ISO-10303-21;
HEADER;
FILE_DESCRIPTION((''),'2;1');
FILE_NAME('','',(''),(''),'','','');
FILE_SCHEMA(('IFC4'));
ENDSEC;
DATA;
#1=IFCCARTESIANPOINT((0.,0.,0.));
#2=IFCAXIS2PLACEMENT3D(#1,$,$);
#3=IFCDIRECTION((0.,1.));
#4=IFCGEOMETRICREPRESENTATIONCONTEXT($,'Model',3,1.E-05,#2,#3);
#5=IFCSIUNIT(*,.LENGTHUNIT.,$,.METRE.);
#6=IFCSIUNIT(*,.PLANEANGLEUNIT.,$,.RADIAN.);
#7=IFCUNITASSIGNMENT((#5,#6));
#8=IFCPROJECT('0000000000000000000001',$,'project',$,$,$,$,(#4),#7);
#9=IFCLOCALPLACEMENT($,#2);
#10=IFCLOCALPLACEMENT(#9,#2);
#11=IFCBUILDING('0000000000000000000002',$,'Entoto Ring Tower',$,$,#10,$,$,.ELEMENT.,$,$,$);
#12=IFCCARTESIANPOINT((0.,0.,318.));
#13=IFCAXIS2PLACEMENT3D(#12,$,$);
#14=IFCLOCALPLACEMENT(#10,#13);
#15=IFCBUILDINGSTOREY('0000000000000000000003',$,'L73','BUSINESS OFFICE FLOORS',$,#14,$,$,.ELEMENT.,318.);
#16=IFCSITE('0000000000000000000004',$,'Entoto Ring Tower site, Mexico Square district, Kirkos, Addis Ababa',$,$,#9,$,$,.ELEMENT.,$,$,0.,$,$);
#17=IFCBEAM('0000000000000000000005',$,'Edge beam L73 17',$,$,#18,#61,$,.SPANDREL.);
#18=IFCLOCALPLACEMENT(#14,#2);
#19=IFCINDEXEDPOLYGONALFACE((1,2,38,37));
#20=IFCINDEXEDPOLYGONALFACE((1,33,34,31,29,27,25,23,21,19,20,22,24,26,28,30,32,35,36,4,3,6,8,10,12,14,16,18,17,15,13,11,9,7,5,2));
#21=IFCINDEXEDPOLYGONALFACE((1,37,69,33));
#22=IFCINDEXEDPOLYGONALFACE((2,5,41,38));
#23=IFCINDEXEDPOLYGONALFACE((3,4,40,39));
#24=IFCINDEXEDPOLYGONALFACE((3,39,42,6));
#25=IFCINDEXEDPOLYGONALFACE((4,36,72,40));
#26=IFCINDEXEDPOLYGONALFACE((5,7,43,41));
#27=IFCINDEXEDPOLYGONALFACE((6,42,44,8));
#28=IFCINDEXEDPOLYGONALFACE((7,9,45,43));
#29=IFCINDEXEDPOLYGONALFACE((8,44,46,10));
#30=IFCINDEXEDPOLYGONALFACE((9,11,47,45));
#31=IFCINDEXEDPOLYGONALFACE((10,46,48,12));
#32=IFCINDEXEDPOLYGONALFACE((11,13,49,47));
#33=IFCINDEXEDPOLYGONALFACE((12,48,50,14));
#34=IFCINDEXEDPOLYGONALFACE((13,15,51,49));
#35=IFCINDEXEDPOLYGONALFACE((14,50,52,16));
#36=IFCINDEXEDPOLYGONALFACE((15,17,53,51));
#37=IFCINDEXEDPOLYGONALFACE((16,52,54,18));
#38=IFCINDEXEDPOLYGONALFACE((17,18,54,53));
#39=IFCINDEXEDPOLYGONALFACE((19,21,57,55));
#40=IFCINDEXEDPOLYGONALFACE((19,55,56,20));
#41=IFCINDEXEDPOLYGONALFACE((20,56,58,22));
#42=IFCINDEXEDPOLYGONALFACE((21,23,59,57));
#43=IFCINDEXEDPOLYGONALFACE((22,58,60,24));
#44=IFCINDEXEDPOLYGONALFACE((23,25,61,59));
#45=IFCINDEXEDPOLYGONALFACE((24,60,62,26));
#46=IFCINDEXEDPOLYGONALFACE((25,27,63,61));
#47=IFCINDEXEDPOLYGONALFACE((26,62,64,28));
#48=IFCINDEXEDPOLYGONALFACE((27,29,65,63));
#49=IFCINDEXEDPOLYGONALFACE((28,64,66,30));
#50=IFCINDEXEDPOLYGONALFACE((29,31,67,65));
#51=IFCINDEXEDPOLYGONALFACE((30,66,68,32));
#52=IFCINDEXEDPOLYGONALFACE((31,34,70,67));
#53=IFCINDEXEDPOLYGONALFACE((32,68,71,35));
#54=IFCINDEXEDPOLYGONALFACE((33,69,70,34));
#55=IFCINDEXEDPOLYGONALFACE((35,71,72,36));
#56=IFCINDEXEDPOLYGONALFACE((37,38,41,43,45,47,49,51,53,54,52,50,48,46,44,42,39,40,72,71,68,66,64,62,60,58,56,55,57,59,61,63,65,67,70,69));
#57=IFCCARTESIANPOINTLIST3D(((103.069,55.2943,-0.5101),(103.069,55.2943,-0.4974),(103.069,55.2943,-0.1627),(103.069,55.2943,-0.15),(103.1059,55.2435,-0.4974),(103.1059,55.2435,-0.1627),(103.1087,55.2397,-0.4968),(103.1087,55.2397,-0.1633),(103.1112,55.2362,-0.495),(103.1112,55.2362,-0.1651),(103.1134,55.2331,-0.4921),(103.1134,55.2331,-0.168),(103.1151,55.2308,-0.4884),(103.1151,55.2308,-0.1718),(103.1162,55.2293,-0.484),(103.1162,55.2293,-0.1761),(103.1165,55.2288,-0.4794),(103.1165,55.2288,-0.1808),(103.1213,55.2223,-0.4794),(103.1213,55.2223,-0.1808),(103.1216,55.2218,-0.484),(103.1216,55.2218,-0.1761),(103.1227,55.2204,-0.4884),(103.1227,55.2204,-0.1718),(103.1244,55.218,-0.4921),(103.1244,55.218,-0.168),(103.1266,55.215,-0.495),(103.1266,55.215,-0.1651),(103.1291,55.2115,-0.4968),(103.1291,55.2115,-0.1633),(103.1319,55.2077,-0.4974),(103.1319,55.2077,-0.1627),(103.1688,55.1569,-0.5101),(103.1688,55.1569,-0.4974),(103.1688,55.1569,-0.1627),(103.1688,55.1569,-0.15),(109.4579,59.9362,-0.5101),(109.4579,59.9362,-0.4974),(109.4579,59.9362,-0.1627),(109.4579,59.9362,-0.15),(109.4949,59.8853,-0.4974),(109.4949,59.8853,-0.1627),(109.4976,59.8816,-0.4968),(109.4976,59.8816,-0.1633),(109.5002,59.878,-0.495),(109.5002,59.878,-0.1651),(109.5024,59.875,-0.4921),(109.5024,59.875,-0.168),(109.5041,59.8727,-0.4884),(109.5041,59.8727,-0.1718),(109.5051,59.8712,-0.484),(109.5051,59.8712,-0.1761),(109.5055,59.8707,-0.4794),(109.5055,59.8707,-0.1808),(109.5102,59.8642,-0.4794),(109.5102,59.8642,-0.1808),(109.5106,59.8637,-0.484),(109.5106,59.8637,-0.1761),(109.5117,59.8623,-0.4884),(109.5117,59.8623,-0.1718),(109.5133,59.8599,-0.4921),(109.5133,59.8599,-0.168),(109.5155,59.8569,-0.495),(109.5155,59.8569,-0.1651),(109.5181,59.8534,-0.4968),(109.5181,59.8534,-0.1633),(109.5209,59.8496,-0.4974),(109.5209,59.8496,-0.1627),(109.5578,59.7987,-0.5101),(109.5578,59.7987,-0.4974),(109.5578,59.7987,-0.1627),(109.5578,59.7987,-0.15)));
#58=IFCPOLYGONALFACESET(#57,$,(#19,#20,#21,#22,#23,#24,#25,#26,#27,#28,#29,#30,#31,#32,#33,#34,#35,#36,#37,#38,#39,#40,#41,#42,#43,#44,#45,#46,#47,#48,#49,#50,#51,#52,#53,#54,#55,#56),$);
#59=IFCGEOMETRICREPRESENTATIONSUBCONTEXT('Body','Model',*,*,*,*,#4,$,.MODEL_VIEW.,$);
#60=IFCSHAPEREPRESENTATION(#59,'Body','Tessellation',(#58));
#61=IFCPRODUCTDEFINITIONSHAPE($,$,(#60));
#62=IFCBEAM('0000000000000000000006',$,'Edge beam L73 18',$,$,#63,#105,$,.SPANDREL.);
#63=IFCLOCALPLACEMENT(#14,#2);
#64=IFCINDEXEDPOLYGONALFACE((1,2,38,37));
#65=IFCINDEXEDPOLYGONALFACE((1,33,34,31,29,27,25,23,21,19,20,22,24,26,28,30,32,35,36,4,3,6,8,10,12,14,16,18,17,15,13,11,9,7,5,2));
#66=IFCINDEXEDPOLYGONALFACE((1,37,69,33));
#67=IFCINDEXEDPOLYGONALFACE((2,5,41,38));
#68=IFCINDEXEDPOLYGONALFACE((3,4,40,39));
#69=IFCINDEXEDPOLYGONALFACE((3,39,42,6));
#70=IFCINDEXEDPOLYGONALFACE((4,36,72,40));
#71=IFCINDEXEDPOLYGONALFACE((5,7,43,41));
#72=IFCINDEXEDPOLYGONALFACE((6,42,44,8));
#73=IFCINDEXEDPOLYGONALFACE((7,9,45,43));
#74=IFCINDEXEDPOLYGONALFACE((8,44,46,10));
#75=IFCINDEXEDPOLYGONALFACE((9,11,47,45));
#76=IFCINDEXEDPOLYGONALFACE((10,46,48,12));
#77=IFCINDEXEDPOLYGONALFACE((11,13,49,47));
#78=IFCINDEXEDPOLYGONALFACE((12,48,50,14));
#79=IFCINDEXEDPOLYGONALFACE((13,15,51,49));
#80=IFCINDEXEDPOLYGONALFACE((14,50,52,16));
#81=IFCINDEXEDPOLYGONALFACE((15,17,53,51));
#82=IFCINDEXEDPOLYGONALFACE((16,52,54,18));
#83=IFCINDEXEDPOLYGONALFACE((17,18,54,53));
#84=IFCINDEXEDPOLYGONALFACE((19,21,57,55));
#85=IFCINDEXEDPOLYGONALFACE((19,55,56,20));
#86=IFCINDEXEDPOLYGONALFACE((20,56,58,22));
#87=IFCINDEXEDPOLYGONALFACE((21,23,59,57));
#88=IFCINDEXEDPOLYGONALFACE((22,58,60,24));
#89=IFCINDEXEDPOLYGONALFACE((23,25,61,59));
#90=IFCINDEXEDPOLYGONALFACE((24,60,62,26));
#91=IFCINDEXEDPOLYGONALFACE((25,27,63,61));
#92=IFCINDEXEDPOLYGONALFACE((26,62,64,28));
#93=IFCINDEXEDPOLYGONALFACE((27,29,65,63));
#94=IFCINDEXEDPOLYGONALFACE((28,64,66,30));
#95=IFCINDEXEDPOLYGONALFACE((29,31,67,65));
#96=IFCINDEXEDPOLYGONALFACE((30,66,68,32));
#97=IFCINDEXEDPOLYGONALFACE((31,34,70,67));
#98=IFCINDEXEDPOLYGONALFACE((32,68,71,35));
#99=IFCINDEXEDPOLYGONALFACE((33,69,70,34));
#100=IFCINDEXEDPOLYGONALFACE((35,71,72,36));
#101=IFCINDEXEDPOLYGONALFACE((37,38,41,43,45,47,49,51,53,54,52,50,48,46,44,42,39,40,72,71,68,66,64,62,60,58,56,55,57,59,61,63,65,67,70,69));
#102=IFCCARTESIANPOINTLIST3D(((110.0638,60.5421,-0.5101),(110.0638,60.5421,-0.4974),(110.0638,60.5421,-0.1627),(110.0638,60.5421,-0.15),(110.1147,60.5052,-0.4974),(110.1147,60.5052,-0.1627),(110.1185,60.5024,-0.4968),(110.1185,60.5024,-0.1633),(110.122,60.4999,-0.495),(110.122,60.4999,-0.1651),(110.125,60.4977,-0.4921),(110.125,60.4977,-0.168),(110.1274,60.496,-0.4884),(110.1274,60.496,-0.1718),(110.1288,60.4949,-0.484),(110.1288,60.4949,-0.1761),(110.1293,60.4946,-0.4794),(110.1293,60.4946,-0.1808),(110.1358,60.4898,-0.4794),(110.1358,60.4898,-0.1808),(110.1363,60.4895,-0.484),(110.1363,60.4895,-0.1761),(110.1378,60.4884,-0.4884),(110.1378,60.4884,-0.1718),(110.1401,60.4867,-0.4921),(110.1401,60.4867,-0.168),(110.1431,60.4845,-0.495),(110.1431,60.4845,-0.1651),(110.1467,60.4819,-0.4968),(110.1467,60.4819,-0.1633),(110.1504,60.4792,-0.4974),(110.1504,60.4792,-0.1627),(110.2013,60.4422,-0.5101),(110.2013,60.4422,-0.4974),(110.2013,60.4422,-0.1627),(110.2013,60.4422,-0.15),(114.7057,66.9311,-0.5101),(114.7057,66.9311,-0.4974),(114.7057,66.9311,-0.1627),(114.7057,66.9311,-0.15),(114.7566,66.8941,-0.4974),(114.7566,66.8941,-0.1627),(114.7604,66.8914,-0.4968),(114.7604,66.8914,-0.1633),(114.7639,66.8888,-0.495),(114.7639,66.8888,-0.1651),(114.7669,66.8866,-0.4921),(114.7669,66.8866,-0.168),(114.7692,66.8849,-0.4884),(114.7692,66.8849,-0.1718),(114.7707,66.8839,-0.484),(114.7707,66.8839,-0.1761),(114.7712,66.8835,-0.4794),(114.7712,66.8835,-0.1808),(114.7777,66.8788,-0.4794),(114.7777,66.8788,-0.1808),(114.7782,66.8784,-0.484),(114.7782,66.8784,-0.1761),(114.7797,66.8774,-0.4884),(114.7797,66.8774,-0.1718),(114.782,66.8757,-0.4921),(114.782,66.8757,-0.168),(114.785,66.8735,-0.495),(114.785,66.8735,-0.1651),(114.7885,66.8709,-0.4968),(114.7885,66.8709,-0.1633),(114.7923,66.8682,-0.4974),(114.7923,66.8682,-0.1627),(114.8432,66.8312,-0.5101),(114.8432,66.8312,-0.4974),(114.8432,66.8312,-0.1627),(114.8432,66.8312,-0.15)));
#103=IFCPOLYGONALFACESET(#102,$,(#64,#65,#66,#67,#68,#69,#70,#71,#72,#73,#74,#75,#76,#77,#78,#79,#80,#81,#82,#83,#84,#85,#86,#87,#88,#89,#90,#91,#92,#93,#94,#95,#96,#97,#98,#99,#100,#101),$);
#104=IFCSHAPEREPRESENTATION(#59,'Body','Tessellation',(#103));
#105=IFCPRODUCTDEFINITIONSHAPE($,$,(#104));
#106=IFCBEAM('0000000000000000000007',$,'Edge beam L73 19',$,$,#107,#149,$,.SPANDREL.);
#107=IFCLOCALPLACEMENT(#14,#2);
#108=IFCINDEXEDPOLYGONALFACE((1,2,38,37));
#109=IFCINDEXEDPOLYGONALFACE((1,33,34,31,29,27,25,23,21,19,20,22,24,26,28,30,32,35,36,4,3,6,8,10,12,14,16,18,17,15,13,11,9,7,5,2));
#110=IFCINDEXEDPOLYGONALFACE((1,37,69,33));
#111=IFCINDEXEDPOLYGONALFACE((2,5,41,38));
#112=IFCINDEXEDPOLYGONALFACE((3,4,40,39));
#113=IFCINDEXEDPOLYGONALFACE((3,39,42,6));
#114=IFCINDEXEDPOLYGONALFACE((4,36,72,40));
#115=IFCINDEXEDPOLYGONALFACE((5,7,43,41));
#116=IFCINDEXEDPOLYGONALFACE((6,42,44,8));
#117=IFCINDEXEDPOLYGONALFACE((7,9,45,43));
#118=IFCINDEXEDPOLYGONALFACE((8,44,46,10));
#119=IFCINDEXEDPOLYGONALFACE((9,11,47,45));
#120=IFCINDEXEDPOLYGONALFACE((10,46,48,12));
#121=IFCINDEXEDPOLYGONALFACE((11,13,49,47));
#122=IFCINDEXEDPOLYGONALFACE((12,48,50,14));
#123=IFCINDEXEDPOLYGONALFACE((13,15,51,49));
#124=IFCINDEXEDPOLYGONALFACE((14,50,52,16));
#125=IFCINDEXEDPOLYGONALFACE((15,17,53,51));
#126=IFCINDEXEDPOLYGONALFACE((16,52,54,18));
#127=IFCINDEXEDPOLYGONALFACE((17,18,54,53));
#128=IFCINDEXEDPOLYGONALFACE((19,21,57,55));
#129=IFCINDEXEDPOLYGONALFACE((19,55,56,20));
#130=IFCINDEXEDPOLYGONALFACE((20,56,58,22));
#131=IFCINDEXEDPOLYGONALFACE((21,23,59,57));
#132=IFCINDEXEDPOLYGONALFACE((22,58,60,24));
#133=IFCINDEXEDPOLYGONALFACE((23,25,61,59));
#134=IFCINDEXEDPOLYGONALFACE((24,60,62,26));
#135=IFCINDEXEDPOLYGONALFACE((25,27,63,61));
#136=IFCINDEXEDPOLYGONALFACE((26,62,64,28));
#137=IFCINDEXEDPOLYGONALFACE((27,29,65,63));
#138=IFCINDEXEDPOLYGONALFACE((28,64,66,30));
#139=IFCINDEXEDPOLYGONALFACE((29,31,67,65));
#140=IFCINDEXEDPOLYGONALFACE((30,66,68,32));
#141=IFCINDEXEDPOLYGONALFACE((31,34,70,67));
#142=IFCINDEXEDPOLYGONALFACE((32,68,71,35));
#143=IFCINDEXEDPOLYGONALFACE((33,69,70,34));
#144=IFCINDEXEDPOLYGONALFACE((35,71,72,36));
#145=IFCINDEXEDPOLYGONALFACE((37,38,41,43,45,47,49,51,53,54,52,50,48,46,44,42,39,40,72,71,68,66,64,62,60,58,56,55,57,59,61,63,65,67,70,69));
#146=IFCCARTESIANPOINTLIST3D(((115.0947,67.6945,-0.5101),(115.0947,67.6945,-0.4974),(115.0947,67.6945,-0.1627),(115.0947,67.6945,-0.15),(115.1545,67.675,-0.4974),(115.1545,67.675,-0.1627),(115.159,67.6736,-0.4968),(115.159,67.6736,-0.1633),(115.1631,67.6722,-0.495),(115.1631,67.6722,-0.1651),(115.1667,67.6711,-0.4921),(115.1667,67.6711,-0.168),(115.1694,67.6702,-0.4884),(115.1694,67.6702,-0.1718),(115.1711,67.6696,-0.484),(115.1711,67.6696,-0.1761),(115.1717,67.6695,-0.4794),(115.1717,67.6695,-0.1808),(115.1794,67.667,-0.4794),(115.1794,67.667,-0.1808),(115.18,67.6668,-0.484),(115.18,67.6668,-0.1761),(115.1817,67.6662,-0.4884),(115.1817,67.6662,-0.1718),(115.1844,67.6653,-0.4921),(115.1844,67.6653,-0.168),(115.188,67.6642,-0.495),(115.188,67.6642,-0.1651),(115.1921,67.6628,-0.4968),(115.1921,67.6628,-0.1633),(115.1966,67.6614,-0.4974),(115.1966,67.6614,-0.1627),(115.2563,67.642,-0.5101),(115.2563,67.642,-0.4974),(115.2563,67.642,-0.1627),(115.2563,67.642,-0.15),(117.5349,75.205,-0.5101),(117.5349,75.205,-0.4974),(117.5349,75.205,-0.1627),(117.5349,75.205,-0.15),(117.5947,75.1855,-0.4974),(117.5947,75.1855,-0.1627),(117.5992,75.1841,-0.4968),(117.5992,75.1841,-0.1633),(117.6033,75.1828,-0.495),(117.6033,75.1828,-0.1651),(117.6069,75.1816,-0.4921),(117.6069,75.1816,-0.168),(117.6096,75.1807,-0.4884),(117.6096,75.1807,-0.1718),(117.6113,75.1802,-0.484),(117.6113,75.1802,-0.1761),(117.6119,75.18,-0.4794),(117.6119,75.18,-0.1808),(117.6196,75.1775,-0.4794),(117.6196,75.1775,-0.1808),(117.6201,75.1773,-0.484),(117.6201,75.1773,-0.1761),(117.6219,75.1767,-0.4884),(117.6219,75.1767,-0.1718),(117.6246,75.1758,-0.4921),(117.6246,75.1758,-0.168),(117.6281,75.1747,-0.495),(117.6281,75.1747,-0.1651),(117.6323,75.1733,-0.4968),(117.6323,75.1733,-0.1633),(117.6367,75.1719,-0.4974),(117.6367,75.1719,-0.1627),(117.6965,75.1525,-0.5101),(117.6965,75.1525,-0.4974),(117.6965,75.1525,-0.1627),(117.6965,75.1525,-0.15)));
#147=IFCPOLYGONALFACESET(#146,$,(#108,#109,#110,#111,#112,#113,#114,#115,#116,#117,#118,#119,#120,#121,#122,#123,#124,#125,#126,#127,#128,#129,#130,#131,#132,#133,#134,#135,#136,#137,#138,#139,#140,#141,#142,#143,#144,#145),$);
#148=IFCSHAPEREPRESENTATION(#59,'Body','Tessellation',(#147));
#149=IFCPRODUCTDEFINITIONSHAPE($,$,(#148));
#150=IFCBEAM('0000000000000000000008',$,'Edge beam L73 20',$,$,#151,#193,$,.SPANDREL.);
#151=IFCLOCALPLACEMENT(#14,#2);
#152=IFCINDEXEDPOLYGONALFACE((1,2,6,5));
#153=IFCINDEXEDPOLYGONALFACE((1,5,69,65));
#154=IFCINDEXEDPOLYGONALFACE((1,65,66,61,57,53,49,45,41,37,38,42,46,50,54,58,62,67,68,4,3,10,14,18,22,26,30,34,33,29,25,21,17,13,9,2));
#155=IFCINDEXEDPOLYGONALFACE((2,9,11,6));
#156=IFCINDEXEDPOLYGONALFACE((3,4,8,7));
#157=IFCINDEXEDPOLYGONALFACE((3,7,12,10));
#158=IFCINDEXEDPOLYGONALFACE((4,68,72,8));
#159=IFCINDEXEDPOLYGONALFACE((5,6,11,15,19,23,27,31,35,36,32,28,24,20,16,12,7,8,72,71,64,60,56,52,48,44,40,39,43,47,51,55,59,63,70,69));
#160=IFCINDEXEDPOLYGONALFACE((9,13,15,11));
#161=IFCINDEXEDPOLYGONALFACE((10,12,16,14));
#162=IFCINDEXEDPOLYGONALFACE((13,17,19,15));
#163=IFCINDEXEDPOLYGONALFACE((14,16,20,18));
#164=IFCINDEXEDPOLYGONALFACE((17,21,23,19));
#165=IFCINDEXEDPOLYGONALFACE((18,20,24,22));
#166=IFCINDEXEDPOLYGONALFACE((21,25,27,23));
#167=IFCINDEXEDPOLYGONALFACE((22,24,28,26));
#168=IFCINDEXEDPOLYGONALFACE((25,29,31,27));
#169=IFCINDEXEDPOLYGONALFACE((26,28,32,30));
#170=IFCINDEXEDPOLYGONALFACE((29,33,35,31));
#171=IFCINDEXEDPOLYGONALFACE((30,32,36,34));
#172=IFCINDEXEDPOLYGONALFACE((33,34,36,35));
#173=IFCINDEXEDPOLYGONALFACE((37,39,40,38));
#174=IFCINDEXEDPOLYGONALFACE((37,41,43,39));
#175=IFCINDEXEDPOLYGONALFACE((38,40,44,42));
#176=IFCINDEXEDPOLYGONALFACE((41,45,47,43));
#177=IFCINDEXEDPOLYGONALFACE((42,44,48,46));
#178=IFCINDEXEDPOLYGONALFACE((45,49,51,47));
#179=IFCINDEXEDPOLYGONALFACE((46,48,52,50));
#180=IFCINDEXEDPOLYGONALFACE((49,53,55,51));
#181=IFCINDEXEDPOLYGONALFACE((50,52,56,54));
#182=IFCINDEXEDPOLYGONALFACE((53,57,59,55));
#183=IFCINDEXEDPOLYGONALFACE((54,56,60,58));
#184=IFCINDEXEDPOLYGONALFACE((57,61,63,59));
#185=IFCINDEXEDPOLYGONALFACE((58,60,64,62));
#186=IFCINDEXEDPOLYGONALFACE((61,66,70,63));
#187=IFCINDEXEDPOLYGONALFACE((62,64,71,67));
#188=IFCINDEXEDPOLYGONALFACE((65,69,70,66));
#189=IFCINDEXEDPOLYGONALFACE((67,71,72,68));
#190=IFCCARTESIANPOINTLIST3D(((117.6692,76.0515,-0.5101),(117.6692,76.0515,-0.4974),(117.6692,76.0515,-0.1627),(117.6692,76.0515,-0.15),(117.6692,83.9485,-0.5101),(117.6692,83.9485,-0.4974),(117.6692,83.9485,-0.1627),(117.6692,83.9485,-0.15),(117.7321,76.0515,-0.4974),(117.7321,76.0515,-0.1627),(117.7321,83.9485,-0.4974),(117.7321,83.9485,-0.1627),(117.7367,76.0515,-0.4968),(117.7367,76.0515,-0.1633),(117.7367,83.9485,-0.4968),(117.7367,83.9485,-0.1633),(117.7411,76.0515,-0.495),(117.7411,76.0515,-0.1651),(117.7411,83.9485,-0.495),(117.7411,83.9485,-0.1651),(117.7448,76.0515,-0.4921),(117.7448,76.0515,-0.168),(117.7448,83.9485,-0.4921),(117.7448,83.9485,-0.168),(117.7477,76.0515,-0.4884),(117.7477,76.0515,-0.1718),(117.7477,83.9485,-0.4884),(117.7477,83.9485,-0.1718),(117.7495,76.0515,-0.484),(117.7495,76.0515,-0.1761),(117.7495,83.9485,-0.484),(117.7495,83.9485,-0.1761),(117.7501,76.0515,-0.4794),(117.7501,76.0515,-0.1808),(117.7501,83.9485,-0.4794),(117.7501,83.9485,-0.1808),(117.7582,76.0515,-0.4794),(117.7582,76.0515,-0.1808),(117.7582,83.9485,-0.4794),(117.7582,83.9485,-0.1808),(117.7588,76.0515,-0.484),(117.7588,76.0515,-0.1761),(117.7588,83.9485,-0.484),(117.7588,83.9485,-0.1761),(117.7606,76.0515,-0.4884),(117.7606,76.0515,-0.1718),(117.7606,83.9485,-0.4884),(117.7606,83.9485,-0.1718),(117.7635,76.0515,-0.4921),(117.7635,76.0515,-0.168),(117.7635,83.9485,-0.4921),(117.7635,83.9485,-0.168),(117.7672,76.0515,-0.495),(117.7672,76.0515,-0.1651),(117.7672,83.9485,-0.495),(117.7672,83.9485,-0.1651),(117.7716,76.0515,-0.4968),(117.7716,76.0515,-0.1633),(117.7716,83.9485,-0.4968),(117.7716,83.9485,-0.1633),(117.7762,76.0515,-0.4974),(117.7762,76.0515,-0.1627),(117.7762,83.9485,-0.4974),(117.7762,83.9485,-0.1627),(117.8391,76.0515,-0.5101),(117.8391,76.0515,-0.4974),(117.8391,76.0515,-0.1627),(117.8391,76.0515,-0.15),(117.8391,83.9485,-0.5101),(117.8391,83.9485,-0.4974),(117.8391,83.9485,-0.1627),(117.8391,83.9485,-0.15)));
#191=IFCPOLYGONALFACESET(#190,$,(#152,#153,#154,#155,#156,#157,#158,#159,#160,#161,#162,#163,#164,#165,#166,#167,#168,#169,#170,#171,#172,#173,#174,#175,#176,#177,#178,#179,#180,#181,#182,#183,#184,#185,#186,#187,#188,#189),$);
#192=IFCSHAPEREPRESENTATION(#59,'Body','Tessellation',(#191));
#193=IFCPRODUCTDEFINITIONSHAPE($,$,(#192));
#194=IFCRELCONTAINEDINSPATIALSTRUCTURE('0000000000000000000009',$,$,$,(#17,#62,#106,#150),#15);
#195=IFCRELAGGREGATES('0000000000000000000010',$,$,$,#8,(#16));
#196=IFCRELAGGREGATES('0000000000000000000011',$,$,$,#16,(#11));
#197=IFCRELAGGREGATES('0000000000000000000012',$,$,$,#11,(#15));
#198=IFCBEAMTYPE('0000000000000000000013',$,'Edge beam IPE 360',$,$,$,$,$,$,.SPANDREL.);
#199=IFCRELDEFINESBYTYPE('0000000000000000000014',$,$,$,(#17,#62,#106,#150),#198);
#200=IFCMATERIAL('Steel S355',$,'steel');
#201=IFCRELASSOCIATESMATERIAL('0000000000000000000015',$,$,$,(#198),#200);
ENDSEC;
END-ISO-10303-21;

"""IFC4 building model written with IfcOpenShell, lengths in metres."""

from ifc_helpers import new_model, si_unit, direction, frame, origin, origin_2d, place, context, subcontext, project, spatial, i_section, extrude, material, material_profile, profile_set, type_object, element, save


model = new_model("IFC4")

# Units and contexts
model_context = context("Model", 3, precision=1e-05, world=origin(), true_north=direction((0.0, 1.0)))
body_context = subcontext(model_context, "Body", "Model", "MODEL_VIEW")
ifc_project = project(units=[si_unit("LENGTHUNIT", "METRE"), si_unit("PLANEANGLEUNIT", "RADIAN")], contexts=[model_context])

# Site, building, storey
site_placement = place(None, origin())
site = spatial("IfcSite", under=ifc_project, at=site_placement, Name="Entoto Ring Tower site, Mexico Square district, Kirkos, Addis Ababa", CompositionType="ELEMENT", RefElevation=0.0)
building_placement = place(site_placement, origin())
building = spatial("IfcBuilding", under=site, at=building_placement, Name="Entoto Ring Tower", CompositionType="ELEMENT")
storey_placement = place(building_placement, frame((0.0, 0.0, 318.0)))
storey = spatial("IfcBuildingStorey", under=building, at=storey_placement, Name="L73", Description="BUSINESS OFFICE FLOORS", CompositionType="ELEMENT", Elevation=318.0)

# Beams
ifc_material_1 = material(Name="Steel S355", Category="steel")
ifc_material_profile_1 = material_profile(ifc_material_1, i_section(OverallWidth=0.1699, OverallDepth=0.3601, WebThickness=0.0081, FlangeThickness=0.0127, FilletRadius=0.0181, at=origin_2d()), Name="IPE 360")
ifc_profile_set_1 = profile_set([ifc_material_profile_1], Name="Steel S355")
beam_type_1 = type_object("IfcBeamType", Name="Edge beam IPE 360", PredefinedType="SPANDREL", material=ifc_profile_set_1)
for number, where, z_axis, x_axis, name in (
    (1, (103.1189, 55.2256, -0.3301), (0.809015, 0.587787, 0.0), (-0.587787, 0.809015, 0.0), "Edge beam L73 17"),
    (2, (110.1326, 60.4922, -0.3301), (0.587787, 0.809015, 0.0), (-0.809015, 0.587787, 0.0), "Edge beam L73 18"),
):
    element("IfcBeam", number, at=place(storey_placement, frame(where, z_axis=z_axis, x_axis=x_axis)), inside=storey, type_object=beam_type_1, Name=name, PredefinedType="SPANDREL", context=body_context, shape_type="SweptSolid", body=[
        extrude(i_section(OverallWidth=0.1699, OverallDepth=0.3601, WebThickness=0.0081, FlangeThickness=0.0127, FilletRadius=0.0181, at=origin_2d()), origin(), (0.0, 0.0, 1.0), 7.8972),
    ])
for number, where, z_axis, x_axis, name in (
    (3, (115.1755, 67.6682, -0.3301), (0.309003, 0.951061, 0.0), (-0.951061, 0.309003, 0.0), "Edge beam L73 19"),
    (4, (117.7542, 76.0515, -0.3301), (0.0, 1.0, 0.0), (-1.0, 0.0, 0.0), "Edge beam L73 20"),
):
    element("IfcBeam", number, at=place(storey_placement, frame(where, z_axis=z_axis, x_axis=x_axis)), inside=storey, type_object=beam_type_1, Name=name, PredefinedType="SPANDREL", context=body_context, shape_type="SweptSolid", body=[
        extrude(i_section(OverallWidth=0.1699, OverallDepth=0.3601, WebThickness=0.0081, FlangeThickness=0.0127, FilletRadius=0.0181, at=origin_2d()), origin(), (0.0, 0.0, 1.0), 7.897),
    ])

save(model, "model.ifc")
